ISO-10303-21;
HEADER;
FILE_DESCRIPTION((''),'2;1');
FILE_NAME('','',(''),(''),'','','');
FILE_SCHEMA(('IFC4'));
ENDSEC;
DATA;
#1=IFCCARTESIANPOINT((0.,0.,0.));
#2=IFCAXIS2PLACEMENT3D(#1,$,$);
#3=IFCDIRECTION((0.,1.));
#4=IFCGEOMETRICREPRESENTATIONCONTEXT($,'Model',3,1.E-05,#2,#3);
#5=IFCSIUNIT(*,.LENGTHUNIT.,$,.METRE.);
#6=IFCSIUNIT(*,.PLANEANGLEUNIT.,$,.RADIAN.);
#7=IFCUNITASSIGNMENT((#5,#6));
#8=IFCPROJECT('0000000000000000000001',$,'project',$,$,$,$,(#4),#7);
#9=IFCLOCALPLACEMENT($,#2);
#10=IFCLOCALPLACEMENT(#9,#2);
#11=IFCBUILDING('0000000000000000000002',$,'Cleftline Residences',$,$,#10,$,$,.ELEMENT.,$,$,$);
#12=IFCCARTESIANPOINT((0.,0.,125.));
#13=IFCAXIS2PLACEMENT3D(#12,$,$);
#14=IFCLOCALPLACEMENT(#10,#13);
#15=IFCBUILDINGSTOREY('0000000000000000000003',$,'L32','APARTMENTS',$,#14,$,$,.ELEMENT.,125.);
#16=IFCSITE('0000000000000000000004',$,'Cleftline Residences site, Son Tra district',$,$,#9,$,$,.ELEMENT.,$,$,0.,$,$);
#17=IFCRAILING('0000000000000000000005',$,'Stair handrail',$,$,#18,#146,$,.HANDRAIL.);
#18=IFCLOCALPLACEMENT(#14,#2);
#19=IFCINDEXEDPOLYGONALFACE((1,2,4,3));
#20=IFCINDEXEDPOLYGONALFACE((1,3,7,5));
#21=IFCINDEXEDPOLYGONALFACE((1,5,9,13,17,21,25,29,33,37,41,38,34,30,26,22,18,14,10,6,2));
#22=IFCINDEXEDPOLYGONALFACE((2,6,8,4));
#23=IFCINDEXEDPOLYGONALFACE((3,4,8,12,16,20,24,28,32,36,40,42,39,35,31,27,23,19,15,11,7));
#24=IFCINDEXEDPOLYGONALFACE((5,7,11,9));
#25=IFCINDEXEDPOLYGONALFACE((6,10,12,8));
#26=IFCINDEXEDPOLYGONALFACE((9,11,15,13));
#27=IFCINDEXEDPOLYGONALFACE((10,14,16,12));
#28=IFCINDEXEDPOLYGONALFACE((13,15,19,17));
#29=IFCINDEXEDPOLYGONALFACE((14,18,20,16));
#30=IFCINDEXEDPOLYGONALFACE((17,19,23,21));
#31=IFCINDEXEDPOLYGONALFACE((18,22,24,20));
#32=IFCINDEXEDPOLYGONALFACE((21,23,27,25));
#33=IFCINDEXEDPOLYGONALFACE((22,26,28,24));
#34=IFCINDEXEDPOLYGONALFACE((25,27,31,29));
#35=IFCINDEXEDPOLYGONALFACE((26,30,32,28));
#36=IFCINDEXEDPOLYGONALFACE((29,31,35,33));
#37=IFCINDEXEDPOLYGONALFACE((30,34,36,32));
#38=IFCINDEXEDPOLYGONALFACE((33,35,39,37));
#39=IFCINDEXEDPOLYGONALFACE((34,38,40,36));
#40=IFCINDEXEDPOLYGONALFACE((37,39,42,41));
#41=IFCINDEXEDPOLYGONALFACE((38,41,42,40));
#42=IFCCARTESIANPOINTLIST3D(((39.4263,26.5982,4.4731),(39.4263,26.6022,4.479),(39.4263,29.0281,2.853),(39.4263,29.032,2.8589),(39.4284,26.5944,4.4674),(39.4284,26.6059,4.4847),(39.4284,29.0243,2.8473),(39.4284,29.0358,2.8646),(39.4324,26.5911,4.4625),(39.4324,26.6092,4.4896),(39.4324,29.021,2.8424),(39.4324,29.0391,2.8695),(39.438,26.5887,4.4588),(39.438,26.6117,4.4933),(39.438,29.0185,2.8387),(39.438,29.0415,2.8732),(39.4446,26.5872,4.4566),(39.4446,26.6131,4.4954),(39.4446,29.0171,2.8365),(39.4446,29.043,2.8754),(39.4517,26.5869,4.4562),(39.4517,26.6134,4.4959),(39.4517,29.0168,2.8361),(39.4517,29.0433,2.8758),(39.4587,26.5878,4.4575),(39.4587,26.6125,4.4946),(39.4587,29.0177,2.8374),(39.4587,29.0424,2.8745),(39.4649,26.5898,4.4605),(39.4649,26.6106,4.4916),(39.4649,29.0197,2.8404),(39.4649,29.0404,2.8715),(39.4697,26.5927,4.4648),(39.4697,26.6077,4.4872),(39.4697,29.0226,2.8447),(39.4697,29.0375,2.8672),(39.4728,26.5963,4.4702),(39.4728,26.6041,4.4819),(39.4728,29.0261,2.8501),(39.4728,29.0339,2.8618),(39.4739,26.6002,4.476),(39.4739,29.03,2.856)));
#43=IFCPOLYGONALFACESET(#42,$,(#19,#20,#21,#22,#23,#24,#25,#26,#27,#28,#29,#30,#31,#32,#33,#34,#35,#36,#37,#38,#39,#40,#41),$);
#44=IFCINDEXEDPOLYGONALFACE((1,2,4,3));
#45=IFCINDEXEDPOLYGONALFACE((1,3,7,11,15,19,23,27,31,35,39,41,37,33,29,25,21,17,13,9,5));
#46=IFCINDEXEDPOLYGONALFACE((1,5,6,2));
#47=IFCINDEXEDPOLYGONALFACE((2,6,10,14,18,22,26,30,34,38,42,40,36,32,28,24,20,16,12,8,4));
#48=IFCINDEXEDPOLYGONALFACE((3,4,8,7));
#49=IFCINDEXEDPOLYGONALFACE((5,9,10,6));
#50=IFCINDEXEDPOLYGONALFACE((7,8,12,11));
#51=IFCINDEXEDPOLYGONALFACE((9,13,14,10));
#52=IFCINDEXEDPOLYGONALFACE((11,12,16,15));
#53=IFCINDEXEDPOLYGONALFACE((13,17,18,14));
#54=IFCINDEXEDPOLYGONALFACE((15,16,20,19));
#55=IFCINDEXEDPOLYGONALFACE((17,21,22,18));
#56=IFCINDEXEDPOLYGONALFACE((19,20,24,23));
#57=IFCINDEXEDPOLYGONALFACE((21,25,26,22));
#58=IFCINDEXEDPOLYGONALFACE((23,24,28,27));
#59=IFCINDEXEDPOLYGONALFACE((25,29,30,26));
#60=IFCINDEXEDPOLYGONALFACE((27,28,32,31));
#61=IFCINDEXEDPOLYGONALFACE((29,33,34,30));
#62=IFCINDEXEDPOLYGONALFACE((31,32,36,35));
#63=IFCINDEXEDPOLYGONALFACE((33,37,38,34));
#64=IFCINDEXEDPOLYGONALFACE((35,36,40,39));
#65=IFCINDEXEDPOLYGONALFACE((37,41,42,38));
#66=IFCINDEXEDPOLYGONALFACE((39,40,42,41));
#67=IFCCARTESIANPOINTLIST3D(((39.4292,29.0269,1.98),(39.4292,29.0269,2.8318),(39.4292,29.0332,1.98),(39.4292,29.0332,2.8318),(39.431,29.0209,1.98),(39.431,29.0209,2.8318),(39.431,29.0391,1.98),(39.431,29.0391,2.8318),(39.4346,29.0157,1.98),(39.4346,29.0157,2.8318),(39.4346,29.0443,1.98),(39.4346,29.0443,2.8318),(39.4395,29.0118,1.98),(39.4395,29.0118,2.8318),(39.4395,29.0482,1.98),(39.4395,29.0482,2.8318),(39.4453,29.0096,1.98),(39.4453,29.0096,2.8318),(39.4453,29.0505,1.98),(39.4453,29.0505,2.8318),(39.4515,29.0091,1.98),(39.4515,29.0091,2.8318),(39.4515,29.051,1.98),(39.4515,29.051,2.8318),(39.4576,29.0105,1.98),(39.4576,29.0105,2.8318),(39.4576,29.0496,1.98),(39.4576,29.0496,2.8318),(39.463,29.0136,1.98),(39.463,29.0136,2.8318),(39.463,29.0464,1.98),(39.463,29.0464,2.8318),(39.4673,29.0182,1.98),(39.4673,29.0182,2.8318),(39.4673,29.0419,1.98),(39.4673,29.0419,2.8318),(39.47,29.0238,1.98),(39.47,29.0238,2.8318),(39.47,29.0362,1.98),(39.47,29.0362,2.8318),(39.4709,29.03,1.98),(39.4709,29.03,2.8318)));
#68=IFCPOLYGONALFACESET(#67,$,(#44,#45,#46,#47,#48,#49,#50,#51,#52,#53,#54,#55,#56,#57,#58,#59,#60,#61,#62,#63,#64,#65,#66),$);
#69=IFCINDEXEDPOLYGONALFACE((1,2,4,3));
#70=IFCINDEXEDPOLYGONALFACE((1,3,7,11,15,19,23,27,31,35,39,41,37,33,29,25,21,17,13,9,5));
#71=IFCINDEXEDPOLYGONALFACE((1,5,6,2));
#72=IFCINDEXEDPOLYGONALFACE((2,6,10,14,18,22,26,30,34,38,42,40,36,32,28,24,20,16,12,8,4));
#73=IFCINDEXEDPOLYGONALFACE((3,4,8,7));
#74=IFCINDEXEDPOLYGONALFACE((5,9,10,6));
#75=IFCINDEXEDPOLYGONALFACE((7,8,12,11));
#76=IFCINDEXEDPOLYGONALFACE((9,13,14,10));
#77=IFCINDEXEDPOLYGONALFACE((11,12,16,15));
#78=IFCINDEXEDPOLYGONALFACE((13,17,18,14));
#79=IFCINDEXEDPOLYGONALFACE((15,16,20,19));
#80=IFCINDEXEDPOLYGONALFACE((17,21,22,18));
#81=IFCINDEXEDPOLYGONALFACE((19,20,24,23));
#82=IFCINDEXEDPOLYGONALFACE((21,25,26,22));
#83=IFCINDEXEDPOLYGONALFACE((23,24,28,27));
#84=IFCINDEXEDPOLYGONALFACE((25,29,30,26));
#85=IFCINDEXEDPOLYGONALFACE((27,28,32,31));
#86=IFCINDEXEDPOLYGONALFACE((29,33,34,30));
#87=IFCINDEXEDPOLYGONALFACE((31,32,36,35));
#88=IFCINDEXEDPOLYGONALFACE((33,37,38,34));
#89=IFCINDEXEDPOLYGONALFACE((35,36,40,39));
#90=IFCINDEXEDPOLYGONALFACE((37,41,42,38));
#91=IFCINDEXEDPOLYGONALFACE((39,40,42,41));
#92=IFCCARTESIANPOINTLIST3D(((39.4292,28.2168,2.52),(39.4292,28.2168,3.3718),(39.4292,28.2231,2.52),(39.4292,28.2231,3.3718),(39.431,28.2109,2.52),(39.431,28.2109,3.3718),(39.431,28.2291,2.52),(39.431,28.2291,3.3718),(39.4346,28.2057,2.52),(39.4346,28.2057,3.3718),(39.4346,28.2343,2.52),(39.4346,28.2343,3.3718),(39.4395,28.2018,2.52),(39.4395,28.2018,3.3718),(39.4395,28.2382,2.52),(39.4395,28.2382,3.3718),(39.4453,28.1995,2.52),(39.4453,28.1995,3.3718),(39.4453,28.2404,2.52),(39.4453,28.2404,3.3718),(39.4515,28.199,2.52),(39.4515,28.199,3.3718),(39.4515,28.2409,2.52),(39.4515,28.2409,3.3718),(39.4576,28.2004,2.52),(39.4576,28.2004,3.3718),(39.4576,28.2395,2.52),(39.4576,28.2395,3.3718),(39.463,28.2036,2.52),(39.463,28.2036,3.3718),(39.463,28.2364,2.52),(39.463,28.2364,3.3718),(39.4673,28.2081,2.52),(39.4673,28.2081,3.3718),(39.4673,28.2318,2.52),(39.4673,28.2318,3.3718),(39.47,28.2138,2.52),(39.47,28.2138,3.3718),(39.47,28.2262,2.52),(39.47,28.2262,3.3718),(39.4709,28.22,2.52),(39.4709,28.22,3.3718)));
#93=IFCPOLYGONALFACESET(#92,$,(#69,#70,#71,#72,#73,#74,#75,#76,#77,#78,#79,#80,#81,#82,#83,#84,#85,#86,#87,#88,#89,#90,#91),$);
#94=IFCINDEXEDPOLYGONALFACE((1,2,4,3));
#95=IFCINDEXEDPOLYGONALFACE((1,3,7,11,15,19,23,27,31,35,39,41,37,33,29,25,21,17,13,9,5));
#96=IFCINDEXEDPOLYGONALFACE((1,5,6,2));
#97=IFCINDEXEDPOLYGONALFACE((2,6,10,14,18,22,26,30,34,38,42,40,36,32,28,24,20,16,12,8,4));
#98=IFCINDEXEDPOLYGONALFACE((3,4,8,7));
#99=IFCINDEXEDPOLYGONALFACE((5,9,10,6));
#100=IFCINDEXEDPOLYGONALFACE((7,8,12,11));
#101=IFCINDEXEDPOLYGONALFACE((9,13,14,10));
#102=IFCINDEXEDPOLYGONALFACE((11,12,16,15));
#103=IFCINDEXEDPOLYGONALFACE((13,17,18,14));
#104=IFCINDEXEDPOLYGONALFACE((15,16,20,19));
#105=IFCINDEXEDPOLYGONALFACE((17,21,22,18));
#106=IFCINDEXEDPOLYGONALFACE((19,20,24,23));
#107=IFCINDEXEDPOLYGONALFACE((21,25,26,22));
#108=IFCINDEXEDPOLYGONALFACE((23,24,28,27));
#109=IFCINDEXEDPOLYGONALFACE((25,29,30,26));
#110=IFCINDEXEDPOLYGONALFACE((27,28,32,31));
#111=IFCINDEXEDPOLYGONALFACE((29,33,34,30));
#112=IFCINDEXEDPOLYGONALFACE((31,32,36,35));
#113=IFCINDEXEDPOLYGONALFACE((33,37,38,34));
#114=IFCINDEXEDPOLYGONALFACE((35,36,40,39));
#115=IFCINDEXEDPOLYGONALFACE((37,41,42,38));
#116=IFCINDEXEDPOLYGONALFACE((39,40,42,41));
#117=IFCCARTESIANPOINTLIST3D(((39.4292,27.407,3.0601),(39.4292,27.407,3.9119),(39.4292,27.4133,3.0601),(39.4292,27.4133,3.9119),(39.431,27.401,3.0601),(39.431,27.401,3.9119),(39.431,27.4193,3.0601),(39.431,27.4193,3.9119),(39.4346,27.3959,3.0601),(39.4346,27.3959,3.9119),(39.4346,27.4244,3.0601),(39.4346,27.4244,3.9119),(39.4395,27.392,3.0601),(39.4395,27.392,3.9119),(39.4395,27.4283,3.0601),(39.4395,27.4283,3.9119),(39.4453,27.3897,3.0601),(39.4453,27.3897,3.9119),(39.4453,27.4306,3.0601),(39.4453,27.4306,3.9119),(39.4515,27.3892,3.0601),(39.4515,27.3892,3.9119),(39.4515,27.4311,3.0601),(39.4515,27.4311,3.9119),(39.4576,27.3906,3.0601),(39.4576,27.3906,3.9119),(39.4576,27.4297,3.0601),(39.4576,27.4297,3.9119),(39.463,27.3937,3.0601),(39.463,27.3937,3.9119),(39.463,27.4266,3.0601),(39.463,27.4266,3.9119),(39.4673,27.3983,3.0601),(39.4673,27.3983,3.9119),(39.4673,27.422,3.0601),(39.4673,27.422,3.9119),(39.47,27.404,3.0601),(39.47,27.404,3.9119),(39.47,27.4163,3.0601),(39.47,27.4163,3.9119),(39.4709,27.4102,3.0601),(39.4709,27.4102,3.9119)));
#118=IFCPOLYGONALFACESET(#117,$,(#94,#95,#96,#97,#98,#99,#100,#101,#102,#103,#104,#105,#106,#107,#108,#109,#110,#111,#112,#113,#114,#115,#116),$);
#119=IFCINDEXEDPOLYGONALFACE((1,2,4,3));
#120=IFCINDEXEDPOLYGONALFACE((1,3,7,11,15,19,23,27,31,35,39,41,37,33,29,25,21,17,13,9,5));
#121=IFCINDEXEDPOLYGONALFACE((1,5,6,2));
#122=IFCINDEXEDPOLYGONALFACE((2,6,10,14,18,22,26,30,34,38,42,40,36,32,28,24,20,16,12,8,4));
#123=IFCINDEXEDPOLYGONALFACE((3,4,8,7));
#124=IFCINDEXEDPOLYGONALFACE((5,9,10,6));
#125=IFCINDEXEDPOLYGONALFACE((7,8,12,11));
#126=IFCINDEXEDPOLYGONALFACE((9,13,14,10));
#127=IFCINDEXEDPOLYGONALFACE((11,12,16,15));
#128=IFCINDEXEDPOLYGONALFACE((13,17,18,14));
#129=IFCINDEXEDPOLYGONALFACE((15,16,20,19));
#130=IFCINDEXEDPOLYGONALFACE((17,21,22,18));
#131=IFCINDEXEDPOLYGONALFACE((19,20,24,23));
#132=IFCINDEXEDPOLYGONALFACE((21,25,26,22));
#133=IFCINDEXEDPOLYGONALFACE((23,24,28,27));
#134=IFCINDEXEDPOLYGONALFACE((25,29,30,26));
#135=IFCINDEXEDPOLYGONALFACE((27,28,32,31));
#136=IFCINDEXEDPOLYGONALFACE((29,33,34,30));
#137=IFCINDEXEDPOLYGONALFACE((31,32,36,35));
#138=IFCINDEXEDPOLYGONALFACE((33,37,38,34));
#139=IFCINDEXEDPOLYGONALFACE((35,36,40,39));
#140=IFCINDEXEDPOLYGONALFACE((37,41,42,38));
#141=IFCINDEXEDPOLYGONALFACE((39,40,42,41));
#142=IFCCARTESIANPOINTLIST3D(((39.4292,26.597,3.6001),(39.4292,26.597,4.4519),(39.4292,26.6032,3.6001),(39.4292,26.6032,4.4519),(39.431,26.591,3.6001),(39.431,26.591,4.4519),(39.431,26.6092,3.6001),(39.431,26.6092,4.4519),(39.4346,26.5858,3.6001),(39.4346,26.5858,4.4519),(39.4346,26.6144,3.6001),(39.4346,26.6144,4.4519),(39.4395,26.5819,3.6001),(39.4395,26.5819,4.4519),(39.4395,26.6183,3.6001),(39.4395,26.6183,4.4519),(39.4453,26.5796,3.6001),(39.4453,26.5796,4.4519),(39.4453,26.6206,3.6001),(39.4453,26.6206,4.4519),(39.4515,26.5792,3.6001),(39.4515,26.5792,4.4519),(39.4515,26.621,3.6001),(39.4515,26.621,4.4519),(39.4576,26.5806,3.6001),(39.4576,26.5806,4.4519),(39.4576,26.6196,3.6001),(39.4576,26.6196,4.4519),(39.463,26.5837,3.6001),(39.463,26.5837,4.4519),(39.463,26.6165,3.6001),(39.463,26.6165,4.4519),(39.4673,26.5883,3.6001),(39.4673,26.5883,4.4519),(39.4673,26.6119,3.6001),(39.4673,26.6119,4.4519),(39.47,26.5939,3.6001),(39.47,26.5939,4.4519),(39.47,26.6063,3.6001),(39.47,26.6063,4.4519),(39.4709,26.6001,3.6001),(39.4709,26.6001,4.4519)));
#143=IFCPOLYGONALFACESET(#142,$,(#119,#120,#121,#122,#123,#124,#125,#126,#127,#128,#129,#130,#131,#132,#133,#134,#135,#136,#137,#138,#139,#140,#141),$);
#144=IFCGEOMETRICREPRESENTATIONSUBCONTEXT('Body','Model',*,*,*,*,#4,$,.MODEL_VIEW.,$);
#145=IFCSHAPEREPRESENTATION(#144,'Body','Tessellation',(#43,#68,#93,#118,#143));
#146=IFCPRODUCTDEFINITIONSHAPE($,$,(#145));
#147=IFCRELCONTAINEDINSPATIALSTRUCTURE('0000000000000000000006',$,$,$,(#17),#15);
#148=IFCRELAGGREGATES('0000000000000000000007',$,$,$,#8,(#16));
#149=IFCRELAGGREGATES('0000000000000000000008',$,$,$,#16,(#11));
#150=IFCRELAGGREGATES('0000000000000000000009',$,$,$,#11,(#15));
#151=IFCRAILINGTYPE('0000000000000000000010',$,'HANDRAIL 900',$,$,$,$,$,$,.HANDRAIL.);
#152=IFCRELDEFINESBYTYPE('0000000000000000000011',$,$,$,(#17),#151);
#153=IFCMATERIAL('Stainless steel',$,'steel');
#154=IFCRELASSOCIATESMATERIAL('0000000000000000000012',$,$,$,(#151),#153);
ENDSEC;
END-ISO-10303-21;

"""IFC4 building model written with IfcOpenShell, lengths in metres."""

from ifc_helpers import new_model, si_unit, direction, frame, origin, origin_2d, place, context, subcontext, project, spatial, circle, extrude, material, type_object, element, save


model = new_model("IFC4")

# Units and contexts
model_context = context("Model", 3, precision=1e-05, world=origin(), true_north=direction((0.0, 1.0)))
body_context = subcontext(model_context, "Body", "Model", "MODEL_VIEW")
ifc_project = project(units=[si_unit("LENGTHUNIT", "METRE"), si_unit("PLANEANGLEUNIT", "RADIAN")], contexts=[model_context])

# Site, building, storey
site_placement = place(None, origin())
site = spatial("IfcSite", under=ifc_project, at=site_placement, Name="Cleftline Residences site, Son Tra district", CompositionType="ELEMENT", RefElevation=0.0)
building_placement = place(site_placement, origin())
building = spatial("IfcBuilding", under=site, at=building_placement, Name="Cleftline Residences", CompositionType="ELEMENT")
storey_placement = place(building_placement, frame((0.0, 0.0, 125.0)))
storey = spatial("IfcBuildingStorey", under=building, at=storey_placement, Name="L32", Description="APARTMENTS", CompositionType="ELEMENT", Elevation=125.0)

# Railing
ifc_material_1 = material(Name="Stainless steel", Category="steel")
railing_type = type_object("IfcRailingType", Name="HANDRAIL 900", PredefinedType="HANDRAIL", material=ifc_material_1)
railing_1_placement = place(storey_placement, frame((39.45, 29.03, 1.98)))
element("IfcRailing", 1, at=railing_1_placement, inside=storey, type_object=railing_type, Name="Stair handrail", PredefinedType="HANDRAIL", context=body_context, shape_type="SweptSolid", body=[
    extrude(circle(Radius=0.0239, at=origin_2d()), frame((0.0, 0.0, 0.876), z_axis=(0.0, -0.832025, 0.554739), x_axis=(1.0, 0.0, 0.0)), (0.0, 0.0, 1.0), 2.9204),
    extrude(circle(Radius=0.021, at=origin_2d()), origin(), (0.0, 0.0, 1.0), 0.8518),
    extrude(circle(Radius=0.021, at=origin_2d()), frame((0.0, -0.8101, 0.54)), (0.0, 0.0, 1.0), 0.8518),
    extrude(circle(Radius=0.021, at=origin_2d()), frame((0.0, -1.6199, 1.0801)), (0.0, 0.0, 1.0), 0.8518),
    extrude(circle(Radius=0.021, at=origin_2d()), frame((0.0, -2.4299, 1.6201)), (0.0, 0.0, 1.0), 0.8518),
])

save(model, "model.ifc")
